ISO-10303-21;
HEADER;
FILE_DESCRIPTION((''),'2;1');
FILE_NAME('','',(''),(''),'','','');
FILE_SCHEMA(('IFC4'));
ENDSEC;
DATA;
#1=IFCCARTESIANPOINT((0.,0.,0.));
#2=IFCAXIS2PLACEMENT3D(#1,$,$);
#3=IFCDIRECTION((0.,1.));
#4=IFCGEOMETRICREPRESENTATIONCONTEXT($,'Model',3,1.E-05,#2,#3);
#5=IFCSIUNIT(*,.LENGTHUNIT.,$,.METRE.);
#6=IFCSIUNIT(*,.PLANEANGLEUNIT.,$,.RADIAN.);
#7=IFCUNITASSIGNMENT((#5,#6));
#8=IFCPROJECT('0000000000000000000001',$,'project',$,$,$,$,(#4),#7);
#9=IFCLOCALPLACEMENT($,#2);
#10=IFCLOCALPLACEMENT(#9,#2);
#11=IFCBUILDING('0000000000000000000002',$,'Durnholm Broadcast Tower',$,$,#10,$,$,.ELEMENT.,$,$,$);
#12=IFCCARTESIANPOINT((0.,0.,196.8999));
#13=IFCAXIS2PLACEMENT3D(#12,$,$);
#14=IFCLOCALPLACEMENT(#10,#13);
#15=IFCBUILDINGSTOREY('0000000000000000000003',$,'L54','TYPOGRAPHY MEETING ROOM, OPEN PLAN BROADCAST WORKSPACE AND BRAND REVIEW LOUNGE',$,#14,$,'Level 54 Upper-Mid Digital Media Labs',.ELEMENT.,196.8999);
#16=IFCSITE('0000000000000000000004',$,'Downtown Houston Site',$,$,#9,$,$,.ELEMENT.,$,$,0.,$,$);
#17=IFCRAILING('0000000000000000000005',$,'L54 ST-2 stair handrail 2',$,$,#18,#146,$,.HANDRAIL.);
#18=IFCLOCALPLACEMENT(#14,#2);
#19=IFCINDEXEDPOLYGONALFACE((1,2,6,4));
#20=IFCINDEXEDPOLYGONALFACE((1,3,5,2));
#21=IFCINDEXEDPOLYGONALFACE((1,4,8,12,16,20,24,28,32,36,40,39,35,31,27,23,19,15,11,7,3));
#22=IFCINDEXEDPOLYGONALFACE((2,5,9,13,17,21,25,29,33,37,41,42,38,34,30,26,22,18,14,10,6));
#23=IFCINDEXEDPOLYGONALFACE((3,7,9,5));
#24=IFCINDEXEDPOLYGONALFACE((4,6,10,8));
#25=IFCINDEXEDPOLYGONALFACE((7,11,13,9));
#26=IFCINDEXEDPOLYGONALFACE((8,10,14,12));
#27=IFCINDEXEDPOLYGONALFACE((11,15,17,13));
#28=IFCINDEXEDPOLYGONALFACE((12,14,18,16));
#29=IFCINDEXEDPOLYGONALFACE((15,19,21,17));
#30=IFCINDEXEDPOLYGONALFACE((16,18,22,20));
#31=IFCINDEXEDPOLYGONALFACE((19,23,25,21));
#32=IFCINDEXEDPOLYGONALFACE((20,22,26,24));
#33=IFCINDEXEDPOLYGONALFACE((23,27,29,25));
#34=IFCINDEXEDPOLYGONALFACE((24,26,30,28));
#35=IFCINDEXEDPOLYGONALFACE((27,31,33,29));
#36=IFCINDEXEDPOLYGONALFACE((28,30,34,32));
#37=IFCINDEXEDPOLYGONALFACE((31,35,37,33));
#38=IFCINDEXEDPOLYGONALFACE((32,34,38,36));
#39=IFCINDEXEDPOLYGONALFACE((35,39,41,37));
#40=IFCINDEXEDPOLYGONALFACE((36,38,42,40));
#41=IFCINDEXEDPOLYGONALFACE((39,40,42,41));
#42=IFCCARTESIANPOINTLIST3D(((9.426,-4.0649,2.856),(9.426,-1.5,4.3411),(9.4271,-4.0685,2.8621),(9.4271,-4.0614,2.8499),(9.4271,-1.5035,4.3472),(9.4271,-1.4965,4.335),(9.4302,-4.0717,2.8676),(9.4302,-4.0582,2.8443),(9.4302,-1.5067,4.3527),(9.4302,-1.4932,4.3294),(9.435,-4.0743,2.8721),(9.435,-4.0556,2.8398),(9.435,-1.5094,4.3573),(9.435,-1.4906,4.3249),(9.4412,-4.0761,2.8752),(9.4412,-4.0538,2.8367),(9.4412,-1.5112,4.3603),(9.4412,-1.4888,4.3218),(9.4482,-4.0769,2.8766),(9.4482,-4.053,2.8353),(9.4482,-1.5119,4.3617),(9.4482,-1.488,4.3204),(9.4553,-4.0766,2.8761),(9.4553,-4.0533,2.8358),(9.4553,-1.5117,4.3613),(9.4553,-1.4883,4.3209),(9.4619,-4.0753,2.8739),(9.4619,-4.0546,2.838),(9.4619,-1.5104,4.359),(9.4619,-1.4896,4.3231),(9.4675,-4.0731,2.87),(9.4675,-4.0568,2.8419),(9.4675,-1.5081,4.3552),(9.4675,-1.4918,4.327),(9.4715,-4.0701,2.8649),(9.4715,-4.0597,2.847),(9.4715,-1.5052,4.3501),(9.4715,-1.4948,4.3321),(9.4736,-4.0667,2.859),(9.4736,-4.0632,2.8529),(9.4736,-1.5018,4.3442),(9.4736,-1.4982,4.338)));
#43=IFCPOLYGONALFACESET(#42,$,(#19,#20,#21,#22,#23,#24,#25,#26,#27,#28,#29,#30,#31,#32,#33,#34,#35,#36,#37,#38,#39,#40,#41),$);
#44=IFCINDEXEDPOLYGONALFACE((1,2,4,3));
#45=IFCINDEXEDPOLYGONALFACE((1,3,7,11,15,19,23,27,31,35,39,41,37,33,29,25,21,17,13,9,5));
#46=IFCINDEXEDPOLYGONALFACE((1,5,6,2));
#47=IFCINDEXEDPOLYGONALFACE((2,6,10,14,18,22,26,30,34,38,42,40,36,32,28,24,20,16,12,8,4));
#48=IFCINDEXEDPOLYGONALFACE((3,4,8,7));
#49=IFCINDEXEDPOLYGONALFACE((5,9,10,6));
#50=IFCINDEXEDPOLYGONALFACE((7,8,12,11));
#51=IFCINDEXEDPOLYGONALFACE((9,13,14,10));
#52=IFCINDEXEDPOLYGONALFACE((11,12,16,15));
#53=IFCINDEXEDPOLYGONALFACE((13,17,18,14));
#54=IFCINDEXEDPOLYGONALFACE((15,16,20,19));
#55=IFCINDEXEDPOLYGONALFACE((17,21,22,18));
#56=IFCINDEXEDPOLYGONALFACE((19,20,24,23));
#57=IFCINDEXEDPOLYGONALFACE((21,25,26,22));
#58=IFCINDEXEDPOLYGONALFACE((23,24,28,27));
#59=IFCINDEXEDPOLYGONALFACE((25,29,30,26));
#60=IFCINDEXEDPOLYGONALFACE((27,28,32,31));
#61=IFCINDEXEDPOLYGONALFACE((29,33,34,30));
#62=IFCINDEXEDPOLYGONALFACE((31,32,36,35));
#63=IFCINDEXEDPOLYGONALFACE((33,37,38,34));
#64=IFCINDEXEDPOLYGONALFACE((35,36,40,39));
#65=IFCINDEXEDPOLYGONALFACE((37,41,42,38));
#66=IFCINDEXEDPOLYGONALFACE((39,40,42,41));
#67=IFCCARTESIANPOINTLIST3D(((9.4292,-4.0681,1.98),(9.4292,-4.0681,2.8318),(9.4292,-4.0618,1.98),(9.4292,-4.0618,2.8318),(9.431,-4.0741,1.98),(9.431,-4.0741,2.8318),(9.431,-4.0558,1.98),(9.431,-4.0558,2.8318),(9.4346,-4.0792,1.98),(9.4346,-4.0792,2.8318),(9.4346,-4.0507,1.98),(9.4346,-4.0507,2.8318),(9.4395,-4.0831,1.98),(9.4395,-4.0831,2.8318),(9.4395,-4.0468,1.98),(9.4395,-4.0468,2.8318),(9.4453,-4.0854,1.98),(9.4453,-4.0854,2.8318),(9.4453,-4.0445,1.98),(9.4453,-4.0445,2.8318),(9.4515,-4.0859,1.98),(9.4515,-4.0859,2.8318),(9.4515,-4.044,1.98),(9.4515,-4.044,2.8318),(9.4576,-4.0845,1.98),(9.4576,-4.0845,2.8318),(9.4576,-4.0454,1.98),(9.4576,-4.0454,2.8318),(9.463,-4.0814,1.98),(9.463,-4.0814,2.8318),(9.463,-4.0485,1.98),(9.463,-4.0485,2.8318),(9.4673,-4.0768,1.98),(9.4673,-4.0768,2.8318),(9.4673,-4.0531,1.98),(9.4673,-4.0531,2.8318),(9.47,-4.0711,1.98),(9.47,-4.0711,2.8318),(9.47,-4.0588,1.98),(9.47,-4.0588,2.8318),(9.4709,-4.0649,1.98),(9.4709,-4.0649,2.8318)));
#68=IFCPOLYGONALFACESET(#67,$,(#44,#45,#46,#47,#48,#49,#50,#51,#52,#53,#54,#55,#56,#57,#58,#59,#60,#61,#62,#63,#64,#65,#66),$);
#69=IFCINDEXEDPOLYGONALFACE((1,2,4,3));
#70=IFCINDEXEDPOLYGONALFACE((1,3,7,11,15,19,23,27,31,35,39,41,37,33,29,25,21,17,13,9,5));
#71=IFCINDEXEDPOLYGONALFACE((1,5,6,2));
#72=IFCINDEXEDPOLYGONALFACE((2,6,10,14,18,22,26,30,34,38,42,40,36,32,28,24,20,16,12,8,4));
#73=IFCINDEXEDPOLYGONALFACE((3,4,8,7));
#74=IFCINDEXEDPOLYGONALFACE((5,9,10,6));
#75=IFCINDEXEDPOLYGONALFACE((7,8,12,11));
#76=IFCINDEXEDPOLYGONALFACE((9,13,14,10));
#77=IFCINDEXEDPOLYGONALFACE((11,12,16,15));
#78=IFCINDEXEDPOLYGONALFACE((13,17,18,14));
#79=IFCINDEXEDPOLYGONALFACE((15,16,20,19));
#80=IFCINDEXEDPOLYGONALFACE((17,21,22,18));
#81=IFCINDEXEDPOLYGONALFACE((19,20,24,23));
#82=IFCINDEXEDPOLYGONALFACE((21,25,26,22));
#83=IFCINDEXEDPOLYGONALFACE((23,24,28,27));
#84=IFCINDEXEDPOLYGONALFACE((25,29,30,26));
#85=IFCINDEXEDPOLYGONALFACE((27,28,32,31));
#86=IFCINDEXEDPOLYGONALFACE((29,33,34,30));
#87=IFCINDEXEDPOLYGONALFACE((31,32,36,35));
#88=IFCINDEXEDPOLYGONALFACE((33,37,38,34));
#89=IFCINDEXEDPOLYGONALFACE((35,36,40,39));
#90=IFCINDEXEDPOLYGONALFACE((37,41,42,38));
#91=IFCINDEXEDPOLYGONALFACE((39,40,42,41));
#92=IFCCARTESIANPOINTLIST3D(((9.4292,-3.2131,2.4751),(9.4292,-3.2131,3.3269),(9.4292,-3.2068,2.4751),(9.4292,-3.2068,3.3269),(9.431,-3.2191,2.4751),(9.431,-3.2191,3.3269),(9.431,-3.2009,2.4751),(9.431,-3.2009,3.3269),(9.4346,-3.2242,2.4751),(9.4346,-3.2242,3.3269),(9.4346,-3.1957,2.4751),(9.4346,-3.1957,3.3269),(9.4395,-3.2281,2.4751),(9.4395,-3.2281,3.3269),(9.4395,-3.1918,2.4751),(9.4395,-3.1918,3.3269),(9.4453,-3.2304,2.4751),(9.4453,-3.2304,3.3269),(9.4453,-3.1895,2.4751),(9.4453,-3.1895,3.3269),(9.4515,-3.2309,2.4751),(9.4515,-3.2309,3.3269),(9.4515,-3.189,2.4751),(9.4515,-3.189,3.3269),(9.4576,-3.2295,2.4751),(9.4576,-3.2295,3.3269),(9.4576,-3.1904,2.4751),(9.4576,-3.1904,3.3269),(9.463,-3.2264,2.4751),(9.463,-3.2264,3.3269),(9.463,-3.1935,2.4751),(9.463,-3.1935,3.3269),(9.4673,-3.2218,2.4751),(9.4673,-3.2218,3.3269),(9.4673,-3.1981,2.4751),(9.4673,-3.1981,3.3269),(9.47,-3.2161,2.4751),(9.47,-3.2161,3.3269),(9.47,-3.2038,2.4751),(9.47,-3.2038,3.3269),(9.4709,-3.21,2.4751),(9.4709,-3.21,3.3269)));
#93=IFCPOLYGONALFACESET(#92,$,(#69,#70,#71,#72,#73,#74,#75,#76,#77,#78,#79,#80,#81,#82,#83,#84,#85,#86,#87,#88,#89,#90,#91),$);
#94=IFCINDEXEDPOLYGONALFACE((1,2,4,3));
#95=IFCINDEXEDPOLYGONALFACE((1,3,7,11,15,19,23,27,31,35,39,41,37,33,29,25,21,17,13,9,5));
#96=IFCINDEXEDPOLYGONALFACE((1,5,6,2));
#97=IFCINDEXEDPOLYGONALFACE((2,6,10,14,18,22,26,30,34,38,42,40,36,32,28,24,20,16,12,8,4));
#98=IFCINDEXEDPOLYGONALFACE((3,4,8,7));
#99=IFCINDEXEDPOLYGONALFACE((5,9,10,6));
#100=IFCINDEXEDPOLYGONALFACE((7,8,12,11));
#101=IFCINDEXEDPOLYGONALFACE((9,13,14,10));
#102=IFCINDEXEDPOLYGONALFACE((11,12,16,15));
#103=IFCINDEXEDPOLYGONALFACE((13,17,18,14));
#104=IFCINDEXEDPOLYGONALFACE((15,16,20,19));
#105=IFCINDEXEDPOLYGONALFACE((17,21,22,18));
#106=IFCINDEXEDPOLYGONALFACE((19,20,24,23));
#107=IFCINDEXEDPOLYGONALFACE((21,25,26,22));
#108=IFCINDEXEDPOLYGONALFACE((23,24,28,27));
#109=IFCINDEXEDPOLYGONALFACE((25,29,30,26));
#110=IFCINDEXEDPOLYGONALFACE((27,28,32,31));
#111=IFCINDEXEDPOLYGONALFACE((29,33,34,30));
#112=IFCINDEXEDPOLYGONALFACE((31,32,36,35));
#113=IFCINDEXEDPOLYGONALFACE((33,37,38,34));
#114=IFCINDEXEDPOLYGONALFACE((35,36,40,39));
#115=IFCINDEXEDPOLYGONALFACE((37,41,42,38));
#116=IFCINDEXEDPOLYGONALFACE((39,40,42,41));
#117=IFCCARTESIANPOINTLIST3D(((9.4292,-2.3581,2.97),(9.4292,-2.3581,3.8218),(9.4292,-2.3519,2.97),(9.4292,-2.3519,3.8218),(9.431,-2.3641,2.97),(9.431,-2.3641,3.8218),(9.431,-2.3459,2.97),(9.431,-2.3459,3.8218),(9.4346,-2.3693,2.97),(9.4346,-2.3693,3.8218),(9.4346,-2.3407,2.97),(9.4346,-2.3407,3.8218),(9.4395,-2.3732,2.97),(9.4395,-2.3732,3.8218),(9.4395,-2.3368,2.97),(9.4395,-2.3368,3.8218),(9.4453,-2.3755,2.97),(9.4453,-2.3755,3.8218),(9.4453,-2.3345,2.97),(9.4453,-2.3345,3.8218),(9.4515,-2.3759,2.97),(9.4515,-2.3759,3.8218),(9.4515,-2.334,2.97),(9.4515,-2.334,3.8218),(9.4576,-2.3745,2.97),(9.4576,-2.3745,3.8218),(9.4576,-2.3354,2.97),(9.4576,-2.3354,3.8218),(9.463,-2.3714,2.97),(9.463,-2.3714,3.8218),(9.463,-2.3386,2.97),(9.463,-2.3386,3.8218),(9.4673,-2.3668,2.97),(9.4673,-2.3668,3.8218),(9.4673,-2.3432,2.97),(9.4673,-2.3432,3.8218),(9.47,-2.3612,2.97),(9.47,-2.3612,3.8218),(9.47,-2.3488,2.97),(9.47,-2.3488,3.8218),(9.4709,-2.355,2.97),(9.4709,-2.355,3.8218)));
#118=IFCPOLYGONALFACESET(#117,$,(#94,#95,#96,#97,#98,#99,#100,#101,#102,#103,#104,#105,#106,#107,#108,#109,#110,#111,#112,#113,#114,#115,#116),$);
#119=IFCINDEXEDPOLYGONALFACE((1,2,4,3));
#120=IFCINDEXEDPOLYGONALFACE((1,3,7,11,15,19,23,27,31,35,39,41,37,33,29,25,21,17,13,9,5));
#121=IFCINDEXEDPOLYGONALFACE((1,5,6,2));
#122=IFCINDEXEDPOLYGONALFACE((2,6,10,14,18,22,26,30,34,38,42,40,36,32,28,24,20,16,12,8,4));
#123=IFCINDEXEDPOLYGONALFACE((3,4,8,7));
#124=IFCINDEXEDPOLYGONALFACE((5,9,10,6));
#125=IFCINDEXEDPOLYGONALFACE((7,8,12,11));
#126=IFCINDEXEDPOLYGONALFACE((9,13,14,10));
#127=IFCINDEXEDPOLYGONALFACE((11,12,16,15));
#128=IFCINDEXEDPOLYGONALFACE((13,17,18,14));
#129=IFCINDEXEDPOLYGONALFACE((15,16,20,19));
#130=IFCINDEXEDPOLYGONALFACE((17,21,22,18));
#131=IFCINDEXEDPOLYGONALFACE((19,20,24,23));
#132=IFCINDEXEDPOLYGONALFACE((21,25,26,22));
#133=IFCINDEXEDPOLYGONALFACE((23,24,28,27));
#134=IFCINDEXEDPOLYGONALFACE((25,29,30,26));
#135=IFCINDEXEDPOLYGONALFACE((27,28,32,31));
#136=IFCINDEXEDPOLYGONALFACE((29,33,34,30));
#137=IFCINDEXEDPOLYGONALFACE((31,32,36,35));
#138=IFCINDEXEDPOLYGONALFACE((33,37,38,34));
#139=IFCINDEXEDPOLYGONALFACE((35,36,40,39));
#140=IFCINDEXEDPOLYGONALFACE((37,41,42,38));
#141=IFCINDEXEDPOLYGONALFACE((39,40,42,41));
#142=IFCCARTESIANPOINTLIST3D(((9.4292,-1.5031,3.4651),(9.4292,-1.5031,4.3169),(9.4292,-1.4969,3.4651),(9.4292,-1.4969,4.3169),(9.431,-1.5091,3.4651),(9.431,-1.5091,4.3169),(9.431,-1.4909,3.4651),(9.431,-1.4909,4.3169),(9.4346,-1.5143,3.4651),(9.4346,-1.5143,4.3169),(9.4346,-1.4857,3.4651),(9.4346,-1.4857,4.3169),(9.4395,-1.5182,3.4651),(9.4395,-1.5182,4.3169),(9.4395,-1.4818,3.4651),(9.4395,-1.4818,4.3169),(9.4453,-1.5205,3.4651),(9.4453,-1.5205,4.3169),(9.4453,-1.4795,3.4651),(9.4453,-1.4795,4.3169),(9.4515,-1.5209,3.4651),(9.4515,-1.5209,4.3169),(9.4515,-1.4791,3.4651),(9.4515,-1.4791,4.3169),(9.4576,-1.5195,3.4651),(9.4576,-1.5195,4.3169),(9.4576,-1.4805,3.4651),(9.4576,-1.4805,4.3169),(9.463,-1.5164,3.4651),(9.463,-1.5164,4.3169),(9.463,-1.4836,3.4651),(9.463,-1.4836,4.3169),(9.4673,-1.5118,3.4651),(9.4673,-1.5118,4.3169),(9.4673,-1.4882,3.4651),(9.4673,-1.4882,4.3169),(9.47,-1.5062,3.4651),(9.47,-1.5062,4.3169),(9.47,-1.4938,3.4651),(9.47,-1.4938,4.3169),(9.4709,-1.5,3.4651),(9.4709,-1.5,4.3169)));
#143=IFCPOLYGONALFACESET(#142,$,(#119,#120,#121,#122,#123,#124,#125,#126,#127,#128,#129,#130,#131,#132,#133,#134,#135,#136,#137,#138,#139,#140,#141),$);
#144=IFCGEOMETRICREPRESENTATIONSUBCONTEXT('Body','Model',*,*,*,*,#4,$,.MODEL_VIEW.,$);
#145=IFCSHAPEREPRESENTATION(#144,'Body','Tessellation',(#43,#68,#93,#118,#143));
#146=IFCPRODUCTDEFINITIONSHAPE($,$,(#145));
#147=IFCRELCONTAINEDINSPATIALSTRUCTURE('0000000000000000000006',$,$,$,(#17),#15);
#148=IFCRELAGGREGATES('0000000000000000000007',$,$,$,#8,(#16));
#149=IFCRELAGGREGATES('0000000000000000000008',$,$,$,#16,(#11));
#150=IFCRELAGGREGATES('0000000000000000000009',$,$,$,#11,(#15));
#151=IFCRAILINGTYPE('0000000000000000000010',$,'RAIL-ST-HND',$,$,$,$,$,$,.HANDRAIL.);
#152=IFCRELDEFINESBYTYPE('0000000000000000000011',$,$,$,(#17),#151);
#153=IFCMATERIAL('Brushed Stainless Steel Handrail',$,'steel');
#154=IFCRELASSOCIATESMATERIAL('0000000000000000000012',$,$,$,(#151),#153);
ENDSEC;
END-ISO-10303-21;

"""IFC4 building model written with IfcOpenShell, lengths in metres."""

from ifc_helpers import new_model, si_unit, direction, frame, origin, origin_2d, place, context, subcontext, project, spatial, circle, extrude, material, type_object, element, save


model = new_model("IFC4")

# Units and contexts
model_context = context("Model", 3, precision=1e-05, world=origin(), true_north=direction((0.0, 1.0)))
body_context = subcontext(model_context, "Body", "Model", "MODEL_VIEW")
ifc_project = project(units=[si_unit("LENGTHUNIT", "METRE"), si_unit("PLANEANGLEUNIT", "RADIAN")], contexts=[model_context])

# Site, building, storey
site_placement = place(None, origin())
site = spatial("IfcSite", under=ifc_project, at=site_placement, Name="Downtown Houston Site", CompositionType="ELEMENT", RefElevation=0.0)
building_placement = place(site_placement, origin())
building = spatial("IfcBuilding", under=site, at=building_placement, Name="Durnholm Broadcast Tower", CompositionType="ELEMENT")
storey_placement = place(building_placement, frame((0.0, 0.0, 196.8999)))
storey = spatial("IfcBuildingStorey", under=building, at=storey_placement, Name="L54", Description="TYPOGRAPHY MEETING ROOM, OPEN PLAN BROADCAST WORKSPACE AND BRAND REVIEW LOUNGE", LongName="Level 54 Upper-Mid Digital Media Labs", CompositionType="ELEMENT", Elevation=196.8999)

# Railing
ifc_material_1 = material(Name="Brushed Stainless Steel Handrail", Category="steel")
railing_type_1 = type_object("IfcRailingType", Name="RAIL-ST-HND", PredefinedType="HANDRAIL", material=ifc_material_1)
railing_1_placement = place(storey_placement, frame((9.45, -4.0649, 1.98)))
element("IfcRailing", 1, at=railing_1_placement, inside=storey, type_object=railing_type_1, Name="L54 ST-2 stair handrail 2", PredefinedType="HANDRAIL", context=body_context, shape_type="SweptSolid", body=[
    extrude(circle(Radius=0.0239, at=origin_2d()), frame((0.0, 0.0, 0.876), z_axis=(0.0, 0.865406, 0.501072), x_axis=(-1.0, 0.0, 0.0)), (0.0, 0.0, 1.0), 2.9639),
    extrude(circle(Radius=0.021, at=origin_2d()), origin(), (0.0, 0.0, 1.0), 0.8518),
    extrude(circle(Radius=0.021, at=origin_2d()), frame((0.0, 0.855, 0.4951)), (0.0, 0.0, 1.0), 0.8518),
    extrude(circle(Radius=0.021, at=origin_2d()), frame((0.0, 1.71, 0.99)), (0.0, 0.0, 1.0), 0.8518),
    extrude(circle(Radius=0.021, at=origin_2d()), frame((0.0, 2.5649, 1.4851)), (0.0, 0.0, 1.0), 0.8518),
])

save(model, "model.ifc")
